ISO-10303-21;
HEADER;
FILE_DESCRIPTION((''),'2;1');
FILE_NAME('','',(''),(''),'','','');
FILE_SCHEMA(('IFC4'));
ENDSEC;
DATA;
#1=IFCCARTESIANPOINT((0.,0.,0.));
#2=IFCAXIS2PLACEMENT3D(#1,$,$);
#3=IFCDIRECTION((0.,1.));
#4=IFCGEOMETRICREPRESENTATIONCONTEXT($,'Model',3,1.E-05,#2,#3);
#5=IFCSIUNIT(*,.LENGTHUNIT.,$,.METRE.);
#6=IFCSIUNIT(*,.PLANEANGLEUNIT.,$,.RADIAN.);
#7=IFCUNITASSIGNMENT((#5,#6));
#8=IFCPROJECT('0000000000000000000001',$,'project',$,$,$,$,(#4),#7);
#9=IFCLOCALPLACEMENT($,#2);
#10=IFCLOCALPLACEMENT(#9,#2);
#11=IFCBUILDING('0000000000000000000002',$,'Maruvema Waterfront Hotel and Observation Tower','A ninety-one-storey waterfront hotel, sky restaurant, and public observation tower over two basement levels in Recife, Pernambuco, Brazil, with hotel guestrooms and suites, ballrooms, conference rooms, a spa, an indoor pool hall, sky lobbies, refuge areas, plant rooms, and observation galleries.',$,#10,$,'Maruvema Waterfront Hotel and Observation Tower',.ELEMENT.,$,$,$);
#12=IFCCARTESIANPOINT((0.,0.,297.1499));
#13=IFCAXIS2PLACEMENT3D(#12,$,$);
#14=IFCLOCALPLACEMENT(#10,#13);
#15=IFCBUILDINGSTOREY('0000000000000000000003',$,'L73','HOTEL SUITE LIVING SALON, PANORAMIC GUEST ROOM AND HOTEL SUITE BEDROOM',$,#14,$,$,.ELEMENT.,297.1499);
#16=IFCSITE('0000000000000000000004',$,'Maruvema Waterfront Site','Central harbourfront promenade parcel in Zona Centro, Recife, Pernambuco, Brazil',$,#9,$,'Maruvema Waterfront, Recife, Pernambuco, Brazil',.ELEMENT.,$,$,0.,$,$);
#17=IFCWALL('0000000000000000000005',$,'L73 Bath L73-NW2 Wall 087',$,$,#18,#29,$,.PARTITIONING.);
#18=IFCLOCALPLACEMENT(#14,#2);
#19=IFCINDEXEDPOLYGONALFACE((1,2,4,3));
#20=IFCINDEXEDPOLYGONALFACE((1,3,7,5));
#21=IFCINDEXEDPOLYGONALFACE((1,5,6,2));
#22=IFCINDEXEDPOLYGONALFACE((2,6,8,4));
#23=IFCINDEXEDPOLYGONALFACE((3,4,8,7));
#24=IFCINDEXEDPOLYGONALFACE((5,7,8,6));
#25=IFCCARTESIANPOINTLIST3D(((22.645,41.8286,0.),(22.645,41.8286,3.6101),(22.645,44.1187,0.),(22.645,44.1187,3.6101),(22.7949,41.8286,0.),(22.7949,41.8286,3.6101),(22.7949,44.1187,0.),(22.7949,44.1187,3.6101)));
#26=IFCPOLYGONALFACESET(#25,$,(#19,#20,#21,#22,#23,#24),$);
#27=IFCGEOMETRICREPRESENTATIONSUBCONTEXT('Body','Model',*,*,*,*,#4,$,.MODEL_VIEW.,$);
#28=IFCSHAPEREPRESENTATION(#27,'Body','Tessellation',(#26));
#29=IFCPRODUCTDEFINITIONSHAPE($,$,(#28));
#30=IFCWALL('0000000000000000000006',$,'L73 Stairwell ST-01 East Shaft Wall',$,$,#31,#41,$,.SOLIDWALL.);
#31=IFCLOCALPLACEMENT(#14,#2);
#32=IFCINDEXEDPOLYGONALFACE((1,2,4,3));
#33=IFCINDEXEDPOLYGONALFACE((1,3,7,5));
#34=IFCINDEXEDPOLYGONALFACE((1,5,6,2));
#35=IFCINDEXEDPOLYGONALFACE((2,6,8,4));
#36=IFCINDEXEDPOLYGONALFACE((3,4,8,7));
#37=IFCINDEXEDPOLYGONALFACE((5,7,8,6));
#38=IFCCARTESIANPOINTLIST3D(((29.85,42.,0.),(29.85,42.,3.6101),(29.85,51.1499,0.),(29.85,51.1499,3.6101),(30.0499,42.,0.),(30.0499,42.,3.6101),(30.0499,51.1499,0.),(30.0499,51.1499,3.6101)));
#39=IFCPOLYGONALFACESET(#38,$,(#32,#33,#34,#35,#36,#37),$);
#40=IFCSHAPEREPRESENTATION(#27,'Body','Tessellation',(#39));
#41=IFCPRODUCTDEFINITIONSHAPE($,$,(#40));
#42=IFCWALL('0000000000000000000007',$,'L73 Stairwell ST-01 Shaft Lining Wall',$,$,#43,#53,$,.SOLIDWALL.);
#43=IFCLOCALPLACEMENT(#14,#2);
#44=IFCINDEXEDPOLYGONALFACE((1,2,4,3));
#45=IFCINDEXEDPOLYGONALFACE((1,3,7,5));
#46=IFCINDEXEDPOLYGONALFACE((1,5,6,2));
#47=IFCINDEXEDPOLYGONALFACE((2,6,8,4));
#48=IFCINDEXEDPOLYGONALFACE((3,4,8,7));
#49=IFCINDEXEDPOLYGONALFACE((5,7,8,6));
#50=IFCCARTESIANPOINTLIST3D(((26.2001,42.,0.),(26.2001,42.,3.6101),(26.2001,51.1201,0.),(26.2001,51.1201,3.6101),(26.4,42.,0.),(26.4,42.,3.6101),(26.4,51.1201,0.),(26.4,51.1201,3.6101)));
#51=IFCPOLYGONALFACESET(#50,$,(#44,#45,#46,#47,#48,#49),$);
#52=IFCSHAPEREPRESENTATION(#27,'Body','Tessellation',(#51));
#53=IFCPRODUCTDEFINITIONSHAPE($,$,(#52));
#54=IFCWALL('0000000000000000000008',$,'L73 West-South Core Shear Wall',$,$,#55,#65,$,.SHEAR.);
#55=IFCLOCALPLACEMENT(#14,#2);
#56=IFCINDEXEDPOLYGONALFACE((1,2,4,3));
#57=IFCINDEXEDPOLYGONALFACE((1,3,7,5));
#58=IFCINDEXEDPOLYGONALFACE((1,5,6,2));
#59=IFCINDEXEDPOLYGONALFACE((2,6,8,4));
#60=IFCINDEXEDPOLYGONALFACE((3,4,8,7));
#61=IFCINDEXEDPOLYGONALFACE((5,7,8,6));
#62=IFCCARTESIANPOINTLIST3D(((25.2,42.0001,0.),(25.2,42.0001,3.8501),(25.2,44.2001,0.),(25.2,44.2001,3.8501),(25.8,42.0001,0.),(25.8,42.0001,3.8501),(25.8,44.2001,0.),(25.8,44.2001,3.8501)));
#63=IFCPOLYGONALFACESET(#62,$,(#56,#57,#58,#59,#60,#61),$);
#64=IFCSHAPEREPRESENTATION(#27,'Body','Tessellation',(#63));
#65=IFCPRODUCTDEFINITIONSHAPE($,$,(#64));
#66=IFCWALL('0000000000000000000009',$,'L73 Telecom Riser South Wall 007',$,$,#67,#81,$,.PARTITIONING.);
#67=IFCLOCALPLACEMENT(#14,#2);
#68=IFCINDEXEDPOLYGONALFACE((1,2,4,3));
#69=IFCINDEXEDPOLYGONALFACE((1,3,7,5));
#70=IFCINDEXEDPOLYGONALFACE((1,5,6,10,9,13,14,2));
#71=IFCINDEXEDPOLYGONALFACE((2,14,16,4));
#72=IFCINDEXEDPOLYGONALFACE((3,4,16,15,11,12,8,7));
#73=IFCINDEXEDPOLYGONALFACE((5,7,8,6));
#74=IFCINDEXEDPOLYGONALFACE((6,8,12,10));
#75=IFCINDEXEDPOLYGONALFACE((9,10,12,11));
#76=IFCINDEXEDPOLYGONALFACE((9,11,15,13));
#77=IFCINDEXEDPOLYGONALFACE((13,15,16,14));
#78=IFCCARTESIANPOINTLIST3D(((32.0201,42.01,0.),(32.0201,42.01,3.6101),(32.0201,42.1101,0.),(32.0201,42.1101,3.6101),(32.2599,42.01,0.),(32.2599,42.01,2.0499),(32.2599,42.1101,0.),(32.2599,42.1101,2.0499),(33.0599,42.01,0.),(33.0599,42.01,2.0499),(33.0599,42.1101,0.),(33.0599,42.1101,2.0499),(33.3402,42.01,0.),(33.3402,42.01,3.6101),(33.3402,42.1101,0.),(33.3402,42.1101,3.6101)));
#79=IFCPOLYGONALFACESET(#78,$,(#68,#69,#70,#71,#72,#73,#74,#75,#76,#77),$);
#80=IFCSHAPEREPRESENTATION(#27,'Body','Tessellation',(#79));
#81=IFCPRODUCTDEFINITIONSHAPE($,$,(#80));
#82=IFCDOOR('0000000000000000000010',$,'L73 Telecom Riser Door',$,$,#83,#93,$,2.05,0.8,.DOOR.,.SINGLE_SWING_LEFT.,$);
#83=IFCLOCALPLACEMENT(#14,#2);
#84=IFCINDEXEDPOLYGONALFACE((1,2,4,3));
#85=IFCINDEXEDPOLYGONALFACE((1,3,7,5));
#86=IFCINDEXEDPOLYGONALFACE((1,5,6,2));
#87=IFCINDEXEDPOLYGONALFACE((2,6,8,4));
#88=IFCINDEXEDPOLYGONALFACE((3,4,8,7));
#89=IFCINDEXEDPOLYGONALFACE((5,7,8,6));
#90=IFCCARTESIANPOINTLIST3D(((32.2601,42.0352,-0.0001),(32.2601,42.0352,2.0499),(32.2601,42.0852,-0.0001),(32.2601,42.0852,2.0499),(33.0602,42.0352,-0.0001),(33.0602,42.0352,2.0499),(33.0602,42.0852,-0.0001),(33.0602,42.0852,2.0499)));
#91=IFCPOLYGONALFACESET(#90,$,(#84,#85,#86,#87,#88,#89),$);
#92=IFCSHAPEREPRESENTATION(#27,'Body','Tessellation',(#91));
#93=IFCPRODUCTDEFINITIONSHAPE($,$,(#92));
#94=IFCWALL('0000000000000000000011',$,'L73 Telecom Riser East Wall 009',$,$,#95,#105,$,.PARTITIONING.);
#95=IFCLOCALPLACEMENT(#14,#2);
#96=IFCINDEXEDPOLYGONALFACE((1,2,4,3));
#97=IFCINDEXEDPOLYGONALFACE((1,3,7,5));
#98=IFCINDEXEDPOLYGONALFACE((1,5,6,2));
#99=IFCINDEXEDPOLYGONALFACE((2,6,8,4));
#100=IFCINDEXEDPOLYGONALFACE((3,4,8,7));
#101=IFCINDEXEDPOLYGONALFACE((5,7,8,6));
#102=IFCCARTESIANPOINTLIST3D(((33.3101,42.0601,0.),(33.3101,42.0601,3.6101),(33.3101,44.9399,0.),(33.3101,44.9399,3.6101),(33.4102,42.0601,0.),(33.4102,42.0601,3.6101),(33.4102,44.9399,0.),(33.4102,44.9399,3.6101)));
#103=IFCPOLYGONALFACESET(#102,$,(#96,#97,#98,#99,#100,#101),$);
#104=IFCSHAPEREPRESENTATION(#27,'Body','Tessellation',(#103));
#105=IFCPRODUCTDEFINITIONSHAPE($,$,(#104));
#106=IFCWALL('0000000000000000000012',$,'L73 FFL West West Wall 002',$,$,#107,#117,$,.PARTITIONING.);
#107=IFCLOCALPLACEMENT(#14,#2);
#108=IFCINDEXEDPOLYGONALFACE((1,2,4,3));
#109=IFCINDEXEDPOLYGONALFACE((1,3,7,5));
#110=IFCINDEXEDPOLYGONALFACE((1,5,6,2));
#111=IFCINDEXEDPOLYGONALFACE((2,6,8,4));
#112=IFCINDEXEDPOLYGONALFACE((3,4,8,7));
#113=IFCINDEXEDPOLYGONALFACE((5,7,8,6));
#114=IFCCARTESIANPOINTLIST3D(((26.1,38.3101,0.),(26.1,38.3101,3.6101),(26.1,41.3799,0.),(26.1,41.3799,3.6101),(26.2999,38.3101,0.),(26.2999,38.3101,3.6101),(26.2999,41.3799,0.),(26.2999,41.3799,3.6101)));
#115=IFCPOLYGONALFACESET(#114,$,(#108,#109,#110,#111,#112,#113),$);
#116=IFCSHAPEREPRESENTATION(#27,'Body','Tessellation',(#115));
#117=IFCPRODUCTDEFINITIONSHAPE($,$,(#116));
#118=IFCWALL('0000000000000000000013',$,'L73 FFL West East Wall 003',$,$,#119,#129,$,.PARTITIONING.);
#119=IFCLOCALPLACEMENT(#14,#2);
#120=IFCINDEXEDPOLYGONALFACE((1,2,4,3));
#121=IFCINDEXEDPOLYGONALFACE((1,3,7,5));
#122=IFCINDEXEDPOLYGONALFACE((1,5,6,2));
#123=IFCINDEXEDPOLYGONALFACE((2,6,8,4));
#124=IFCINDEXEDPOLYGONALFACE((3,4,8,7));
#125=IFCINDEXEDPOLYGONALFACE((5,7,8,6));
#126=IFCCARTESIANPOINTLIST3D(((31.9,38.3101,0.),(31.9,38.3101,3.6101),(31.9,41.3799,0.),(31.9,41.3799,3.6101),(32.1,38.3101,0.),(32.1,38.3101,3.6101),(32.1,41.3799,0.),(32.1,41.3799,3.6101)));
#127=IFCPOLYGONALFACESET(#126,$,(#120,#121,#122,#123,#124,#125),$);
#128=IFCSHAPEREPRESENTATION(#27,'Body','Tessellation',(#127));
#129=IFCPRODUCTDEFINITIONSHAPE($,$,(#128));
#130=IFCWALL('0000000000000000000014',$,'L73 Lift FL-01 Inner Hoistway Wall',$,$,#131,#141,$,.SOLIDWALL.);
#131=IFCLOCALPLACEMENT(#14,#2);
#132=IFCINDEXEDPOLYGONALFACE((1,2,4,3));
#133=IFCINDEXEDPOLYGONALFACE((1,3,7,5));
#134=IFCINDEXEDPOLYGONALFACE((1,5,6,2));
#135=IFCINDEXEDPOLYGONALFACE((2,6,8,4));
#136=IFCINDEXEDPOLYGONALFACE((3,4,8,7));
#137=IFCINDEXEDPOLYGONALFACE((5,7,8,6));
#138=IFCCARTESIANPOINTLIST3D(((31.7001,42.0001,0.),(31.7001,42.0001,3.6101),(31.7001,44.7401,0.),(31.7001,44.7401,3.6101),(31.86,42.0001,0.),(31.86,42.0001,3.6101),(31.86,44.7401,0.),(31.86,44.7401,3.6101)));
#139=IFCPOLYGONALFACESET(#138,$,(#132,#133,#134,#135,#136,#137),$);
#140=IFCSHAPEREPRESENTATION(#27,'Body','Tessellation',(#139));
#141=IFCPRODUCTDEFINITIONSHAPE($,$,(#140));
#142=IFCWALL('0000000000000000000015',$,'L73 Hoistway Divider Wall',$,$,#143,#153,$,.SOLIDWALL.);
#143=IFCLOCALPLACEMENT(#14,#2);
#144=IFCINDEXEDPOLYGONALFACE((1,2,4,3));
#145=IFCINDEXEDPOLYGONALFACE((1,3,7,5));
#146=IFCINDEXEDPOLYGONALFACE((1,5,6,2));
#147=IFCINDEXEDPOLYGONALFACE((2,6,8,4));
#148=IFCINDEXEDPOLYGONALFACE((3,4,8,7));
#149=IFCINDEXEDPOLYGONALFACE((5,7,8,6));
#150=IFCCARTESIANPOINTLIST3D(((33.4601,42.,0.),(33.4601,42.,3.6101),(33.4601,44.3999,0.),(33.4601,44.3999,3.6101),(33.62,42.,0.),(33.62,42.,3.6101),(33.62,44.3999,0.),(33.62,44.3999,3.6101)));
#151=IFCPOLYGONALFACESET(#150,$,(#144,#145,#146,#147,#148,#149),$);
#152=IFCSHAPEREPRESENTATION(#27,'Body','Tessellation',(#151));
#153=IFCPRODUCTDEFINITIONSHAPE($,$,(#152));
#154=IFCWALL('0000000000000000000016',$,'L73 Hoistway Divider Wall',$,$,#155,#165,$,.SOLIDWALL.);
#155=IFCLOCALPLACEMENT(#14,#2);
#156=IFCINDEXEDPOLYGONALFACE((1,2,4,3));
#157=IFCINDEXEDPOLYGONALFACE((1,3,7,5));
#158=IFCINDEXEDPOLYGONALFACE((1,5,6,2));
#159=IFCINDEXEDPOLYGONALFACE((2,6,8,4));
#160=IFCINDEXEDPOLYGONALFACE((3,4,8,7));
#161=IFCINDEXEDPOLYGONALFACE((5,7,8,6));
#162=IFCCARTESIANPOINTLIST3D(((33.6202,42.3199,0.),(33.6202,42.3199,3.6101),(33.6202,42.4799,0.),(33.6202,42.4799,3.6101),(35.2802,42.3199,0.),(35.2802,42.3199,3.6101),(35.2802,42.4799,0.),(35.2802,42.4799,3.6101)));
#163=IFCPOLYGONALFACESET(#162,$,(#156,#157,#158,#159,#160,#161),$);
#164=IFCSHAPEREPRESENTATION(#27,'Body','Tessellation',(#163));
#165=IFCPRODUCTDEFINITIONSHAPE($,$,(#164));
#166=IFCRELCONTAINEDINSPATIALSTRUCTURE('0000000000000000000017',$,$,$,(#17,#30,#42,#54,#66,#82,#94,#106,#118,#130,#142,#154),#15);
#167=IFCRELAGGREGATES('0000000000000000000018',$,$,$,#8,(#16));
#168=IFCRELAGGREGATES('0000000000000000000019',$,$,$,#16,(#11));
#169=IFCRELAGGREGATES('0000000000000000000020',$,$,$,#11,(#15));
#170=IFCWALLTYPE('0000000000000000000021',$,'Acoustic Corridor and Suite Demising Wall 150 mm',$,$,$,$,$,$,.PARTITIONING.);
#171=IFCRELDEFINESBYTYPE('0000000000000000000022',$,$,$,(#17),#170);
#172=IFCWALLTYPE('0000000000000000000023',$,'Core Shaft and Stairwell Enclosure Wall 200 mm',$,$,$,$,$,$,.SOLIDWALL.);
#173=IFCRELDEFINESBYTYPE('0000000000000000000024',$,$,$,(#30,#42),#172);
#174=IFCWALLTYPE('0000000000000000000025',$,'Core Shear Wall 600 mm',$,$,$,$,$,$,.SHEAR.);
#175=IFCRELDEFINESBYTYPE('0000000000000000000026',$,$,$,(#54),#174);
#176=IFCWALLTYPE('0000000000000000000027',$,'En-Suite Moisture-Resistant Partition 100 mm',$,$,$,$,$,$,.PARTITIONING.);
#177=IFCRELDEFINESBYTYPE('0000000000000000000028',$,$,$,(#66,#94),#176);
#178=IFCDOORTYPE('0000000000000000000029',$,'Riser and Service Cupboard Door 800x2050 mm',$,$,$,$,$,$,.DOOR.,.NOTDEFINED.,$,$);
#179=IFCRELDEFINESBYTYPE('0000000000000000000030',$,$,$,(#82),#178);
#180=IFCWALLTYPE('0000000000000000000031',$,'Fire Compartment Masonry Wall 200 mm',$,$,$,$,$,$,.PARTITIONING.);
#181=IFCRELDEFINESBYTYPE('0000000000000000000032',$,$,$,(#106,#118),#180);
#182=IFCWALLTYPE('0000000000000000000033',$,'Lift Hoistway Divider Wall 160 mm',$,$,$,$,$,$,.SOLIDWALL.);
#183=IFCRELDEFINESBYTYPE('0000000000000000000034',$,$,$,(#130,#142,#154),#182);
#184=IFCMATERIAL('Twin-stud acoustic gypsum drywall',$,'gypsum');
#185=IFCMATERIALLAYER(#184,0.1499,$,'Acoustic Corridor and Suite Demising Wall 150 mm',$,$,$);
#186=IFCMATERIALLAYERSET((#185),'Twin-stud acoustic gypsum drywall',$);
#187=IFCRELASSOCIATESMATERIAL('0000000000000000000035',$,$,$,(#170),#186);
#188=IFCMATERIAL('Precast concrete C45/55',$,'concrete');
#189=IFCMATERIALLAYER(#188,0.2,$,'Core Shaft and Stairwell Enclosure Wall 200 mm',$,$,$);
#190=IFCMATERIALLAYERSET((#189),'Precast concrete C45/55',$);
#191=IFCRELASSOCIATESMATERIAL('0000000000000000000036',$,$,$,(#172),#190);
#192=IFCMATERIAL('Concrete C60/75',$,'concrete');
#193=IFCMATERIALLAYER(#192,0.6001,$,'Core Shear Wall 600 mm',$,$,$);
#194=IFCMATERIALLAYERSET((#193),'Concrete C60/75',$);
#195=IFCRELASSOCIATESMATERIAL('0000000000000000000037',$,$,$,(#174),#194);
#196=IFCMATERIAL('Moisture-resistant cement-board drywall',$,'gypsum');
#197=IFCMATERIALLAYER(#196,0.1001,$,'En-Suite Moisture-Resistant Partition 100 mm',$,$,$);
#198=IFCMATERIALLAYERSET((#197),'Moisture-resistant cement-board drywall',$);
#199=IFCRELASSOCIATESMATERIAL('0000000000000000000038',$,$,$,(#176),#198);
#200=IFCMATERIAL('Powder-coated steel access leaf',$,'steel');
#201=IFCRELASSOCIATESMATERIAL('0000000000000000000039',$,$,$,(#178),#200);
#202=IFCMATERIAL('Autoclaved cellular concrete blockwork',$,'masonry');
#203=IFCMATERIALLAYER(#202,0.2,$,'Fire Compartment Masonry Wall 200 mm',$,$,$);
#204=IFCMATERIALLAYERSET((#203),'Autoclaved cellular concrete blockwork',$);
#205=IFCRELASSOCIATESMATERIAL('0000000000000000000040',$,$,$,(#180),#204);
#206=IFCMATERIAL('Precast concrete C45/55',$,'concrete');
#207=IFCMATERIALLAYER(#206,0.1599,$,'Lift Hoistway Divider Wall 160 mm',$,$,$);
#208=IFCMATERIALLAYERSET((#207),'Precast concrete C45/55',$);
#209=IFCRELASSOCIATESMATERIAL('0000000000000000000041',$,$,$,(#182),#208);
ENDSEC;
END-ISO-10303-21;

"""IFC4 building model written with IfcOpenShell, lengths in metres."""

from ifc_helpers import new_model, si_unit, direction, frame, frame_2d, origin, place, context, subcontext, project, spatial, rectangle, extrude, material, layer, layer_set, type_object, element, fill, save


model = new_model("IFC4")

# Units and contexts
model_context = context("Model", 3, precision=1e-05, world=origin(), true_north=direction((0.0, 1.0)))
body_context = subcontext(model_context, "Body", "Model", "MODEL_VIEW")
ifc_project = project(units=[si_unit("LENGTHUNIT", "METRE"), si_unit("PLANEANGLEUNIT", "RADIAN")], contexts=[model_context])

# Site, building, storey
site_placement = place(None, origin())
site = spatial("IfcSite", under=ifc_project, at=site_placement, Name="Maruvema Waterfront Site", Description="Central harbourfront promenade parcel in Zona Centro, Recife, Pernambuco, Brazil", LongName="Maruvema Waterfront, Recife, Pernambuco, Brazil", CompositionType="ELEMENT", RefElevation=0.0)
building_placement = place(site_placement, origin())
building = spatial("IfcBuilding", under=site, at=building_placement, Name="Maruvema Waterfront Hotel and Observation Tower", Description="A ninety-one-storey waterfront hotel, sky restaurant, and public observation tower over two basement levels in Recife, Pernambuco, Brazil, with hotel guestrooms and suites, ballrooms, conference rooms, a spa, an indoor pool hall, sky lobbies, refuge areas, plant rooms, and observation galleries.", LongName="Maruvema Waterfront Hotel and Observation Tower", CompositionType="ELEMENT")
storey_placement = place(building_placement, frame((0.0, 0.0, 297.1499)))
storey = spatial("IfcBuildingStorey", under=building, at=storey_placement, Name="L73", Description="HOTEL SUITE LIVING SALON, PANORAMIC GUEST ROOM AND HOTEL SUITE BEDROOM", CompositionType="ELEMENT", Elevation=297.1499)

# Walls
ifc_material_1 = material(Name="Twin-stud acoustic gypsum drywall", Category="gypsum")
ifc_layer_1 = layer(ifc_material_1, 0.1499, Name="Acoustic Corridor and Suite Demising Wall 150 mm")
ifc_layer_set_1 = layer_set([ifc_layer_1], Name="Twin-stud acoustic gypsum drywall")
wall_type_1 = type_object("IfcWallType", Name="Acoustic Corridor and Suite Demising Wall 150 mm", PredefinedType="PARTITIONING", material=ifc_layer_set_1)
wall_1_placement = place(storey_placement, frame((22.72, 41.8286, 0.0), z_axis=(0.0, 0.0, 1.0), x_axis=(0.0, 1.0, 0.0)))
element("IfcWall", 1, at=wall_1_placement, inside=storey, type_object=wall_type_1, Name="L73 Bath L73-NW2 Wall 087", PredefinedType="PARTITIONING", context=body_context, shape_type="SweptSolid", body=[
    extrude(rectangle(XDim=2.29, YDim=0.1499, at=frame_2d((1.145, 0.0))), origin(), (0.0, 0.0, 1.0), 3.6101),
])
ifc_material_2 = material(Name="Precast concrete C45/55", Category="concrete")
ifc_layer_2 = layer(ifc_material_2, 0.2, Name="Core Shaft and Stairwell Enclosure Wall 200 mm")
ifc_layer_set_2 = layer_set([ifc_layer_2], Name="Precast concrete C45/55")
wall_type_2 = type_object("IfcWallType", Name="Core Shaft and Stairwell Enclosure Wall 200 mm", PredefinedType="SOLIDWALL", material=ifc_layer_set_2)
wall_2_placement = place(storey_placement, frame((29.95, 42.0, 0.0), z_axis=(0.0, 0.0, 1.0), x_axis=(0.0, 1.0, 0.0)))
element("IfcWall", 2, at=wall_2_placement, inside=storey, type_object=wall_type_2, Name="L73 Stairwell ST-01 East Shaft Wall", PredefinedType="SOLIDWALL", context=body_context, shape_type="SweptSolid", body=[
    extrude(rectangle(XDim=9.1499, YDim=0.2, at=frame_2d((4.575, 0.0))), origin(), (0.0, 0.0, 1.0), 3.6101),
])
wall_3_placement = place(storey_placement, frame((26.3, 42.0, 0.0), z_axis=(0.0, 0.0, 1.0), x_axis=(0.0, 1.0, 0.0)))
element("IfcWall", 3, at=wall_3_placement, inside=storey, type_object=wall_type_2, Name="L73 Stairwell ST-01 Shaft Lining Wall", PredefinedType="SOLIDWALL", context=body_context, shape_type="SweptSolid", body=[
    extrude(rectangle(XDim=9.1201, YDim=0.2, at=frame_2d((4.5601, 0.0))), origin(), (0.0, 0.0, 1.0), 3.6101),
])

# Shared definitions
ifc_material_3 = material(Name="Concrete C60/75", Category="concrete")
ifc_layer_3 = layer(ifc_material_3, 0.6001, Name="Core Shear Wall 600 mm")
ifc_layer_set_3 = layer_set([ifc_layer_3], Name="Concrete C60/75")
wall_type_3 = type_object("IfcWallType", Name="Core Shear Wall 600 mm", PredefinedType="SHEAR", material=ifc_layer_set_3)

# Wall
wall_4_placement = place(storey_placement, frame((25.5, 42.0, 0.0), z_axis=(0.0, 0.0, 1.0), x_axis=(0.0, 1.0, 0.0)))
element("IfcWall", 4, at=wall_4_placement, inside=storey, type_object=wall_type_3, Name="L73 West-South Core Shear Wall", PredefinedType="SHEAR", context=body_context, shape_type="SweptSolid", body=[
    extrude(rectangle(XDim=2.2, YDim=0.6001, at=frame_2d((1.1001, 0.0))), origin(), (0.0, 0.0, 1.0), 3.8501),
])

# Wall, opening, door
ifc_material_4 = material(Name="Moisture-resistant cement-board drywall", Category="gypsum")
ifc_layer_4 = layer(ifc_material_4, 0.1001, Name="En-Suite Moisture-Resistant Partition 100 mm")
ifc_layer_set_4 = layer_set([ifc_layer_4], Name="Moisture-resistant cement-board drywall")
wall_type_4 = type_object("IfcWallType", Name="En-Suite Moisture-Resistant Partition 100 mm", PredefinedType="PARTITIONING", material=ifc_layer_set_4)
wall_5_placement = place(storey_placement, frame((32.02, 42.0601, 0.0), z_axis=(0.0, 0.0, 1.0), x_axis=(1.0, 0.0, 0.0)))
wall_5 = element("IfcWall", 5, at=wall_5_placement, inside=storey, type_object=wall_type_4, Name="L73 Telecom Riser South Wall 007", PredefinedType="PARTITIONING", context=body_context, shape_type="SweptSolid", body=[
    extrude(rectangle(XDim=1.3201, YDim=0.1001, at=frame_2d((0.6602, 0.0))), origin(), (0.0, 0.0, 1.0), 3.6101),
])
opening_1_placement = place(wall_5_placement, frame((0.24, 0.0, 0.0)))
opening_1 = element("IfcOpeningElement", 6, at=opening_1_placement, cuts=wall_5, PredefinedType="OPENING", context=body_context, shape_type="SweptSolid", body=[
    extrude(rectangle(XDim=0.8, YDim=2.05, at=frame_2d((0.3999, 1.0249))), frame((0.0, 0.0601, 0.0), z_axis=(0.0, -1.0, 0.0), x_axis=(1.0, 0.0, 0.0)), (0.0, 0.0, 1.0), 0.1201),
])
ifc_material_5 = material(Name="Powder-coated steel access leaf", Category="steel")
door_type_1 = type_object("IfcDoorType", Name="Riser and Service Cupboard Door 800x2050 mm", OperationType="NOTDEFINED", PredefinedType="DOOR", material=ifc_material_5)
door_1_placement = place(opening_1_placement, frame((0.8, 0.0, 0.0), z_axis=(0.0, 0.0, 1.0), x_axis=(-1.0, 0.0, 0.0)))
door_1 = element("IfcDoor", 7, at=door_1_placement, inside=storey, type_object=door_type_1, Name="L73 Telecom Riser Door", OperationType="SINGLE_SWING_LEFT", OverallHeight=2.05, OverallWidth=0.8, PredefinedType="DOOR", context=body_context, shape_type="SweptSolid", body=[
    extrude(rectangle(XDim=0.8, YDim=2.05, at=frame_2d((0.3999, 1.0249))), frame((0.0, 0.0249, 0.0), z_axis=(0.0, -1.0, 0.0), x_axis=(1.0, 0.0, 0.0)), (0.0, 0.0, 1.0), 0.05),
])
fill(opening_1, door_1)

# Wall
wall_6_placement = place(storey_placement, frame((33.3601, 42.0601, 0.0), z_axis=(0.0, 0.0, 1.0), x_axis=(0.0, 1.0, 0.0)))
element("IfcWall", 8, at=wall_6_placement, inside=storey, type_object=wall_type_4, Name="L73 Telecom Riser East Wall 009", PredefinedType="PARTITIONING", context=body_context, shape_type="SweptSolid", body=[
    extrude(rectangle(XDim=2.8799, YDim=0.1001, at=frame_2d((1.4399, 0.0))), origin(), (0.0, 0.0, 1.0), 3.6101),
])

# Shared definitions
ifc_material_6 = material(Name="Autoclaved cellular concrete blockwork", Category="masonry")
ifc_layer_5 = layer(ifc_material_6, 0.2, Name="Fire Compartment Masonry Wall 200 mm")
ifc_layer_set_5 = layer_set([ifc_layer_5], Name="Autoclaved cellular concrete blockwork")
wall_type_5 = type_object("IfcWallType", Name="Fire Compartment Masonry Wall 200 mm", PredefinedType="PARTITIONING", material=ifc_layer_set_5)

# Walls
for number, where, z_axis, x_axis, name in (
    (9, (26.2, 38.3101, 0.0), (0.0, 0.0, 1.0), (0.0, 1.0, 0.0), "L73 FFL West West Wall 002"),
    (10, (32.0, 38.3101, 0.0), (0.0, 0.0, 1.0), (0.0, 1.0, 0.0), "L73 FFL West East Wall 003"),
):
    element("IfcWall", number, at=place(storey_placement, frame(where, z_axis=z_axis, x_axis=x_axis)), inside=storey, type_object=wall_type_5, Name=name, PredefinedType="PARTITIONING", context=body_context, shape_type="SweptSolid", body=[
        extrude(rectangle(XDim=3.0698, YDim=0.2, at=frame_2d((1.5349, 0.0))), origin(), (0.0, 0.0, 1.0), 3.6101),
    ])
ifc_material_7 = material(Name="Precast concrete C45/55", Category="concrete")
ifc_layer_6 = layer(ifc_material_7, 0.1599, Name="Lift Hoistway Divider Wall 160 mm")
ifc_layer_set_6 = layer_set([ifc_layer_6], Name="Precast concrete C45/55")
wall_type_6 = type_object("IfcWallType", Name="Lift Hoistway Divider Wall 160 mm", PredefinedType="SOLIDWALL", material=ifc_layer_set_6)
wall_7_placement = place(storey_placement, frame((31.78, 42.0, 0.0), z_axis=(0.0, 0.0, 1.0), x_axis=(0.0, 1.0, 0.0)))
element("IfcWall", 11, at=wall_7_placement, inside=storey, type_object=wall_type_6, Name="L73 Lift FL-01 Inner Hoistway Wall", PredefinedType="SOLIDWALL", context=body_context, shape_type="SweptSolid", body=[
    extrude(rectangle(XDim=2.74, YDim=0.1599, at=frame_2d((1.3701, 0.0))), origin(), (0.0, 0.0, 1.0), 3.6101),
])
wall_8_placement = place(storey_placement, frame((33.54, 42.0, 0.0), z_axis=(0.0, 0.0, 1.0), x_axis=(0.0, 1.0, 0.0)))
element("IfcWall", 12, at=wall_8_placement, inside=storey, type_object=wall_type_6, Name="L73 Hoistway Divider Wall", PredefinedType="SOLIDWALL", context=body_context, shape_type="SweptSolid", body=[
    extrude(rectangle(XDim=2.3999, YDim=0.1599, at=frame_2d((1.2, 0.0))), origin(), (0.0, 0.0, 1.0), 3.6101),
])
wall_9_placement = place(storey_placement, frame((33.6201, 42.3999, 0.0), z_axis=(0.0, 0.0, 1.0), x_axis=(1.0, 0.0, 0.0)))
element("IfcWall", 13, at=wall_9_placement, inside=storey, type_object=wall_type_6, Name="L73 Hoistway Divider Wall", PredefinedType="SOLIDWALL", context=body_context, shape_type="SweptSolid", body=[
    extrude(rectangle(XDim=1.6599, YDim=0.1599, at=frame_2d((0.8301, 0.0))), origin(), (0.0, 0.0, 1.0), 3.6101),
])

save(model, "model.ifc")
